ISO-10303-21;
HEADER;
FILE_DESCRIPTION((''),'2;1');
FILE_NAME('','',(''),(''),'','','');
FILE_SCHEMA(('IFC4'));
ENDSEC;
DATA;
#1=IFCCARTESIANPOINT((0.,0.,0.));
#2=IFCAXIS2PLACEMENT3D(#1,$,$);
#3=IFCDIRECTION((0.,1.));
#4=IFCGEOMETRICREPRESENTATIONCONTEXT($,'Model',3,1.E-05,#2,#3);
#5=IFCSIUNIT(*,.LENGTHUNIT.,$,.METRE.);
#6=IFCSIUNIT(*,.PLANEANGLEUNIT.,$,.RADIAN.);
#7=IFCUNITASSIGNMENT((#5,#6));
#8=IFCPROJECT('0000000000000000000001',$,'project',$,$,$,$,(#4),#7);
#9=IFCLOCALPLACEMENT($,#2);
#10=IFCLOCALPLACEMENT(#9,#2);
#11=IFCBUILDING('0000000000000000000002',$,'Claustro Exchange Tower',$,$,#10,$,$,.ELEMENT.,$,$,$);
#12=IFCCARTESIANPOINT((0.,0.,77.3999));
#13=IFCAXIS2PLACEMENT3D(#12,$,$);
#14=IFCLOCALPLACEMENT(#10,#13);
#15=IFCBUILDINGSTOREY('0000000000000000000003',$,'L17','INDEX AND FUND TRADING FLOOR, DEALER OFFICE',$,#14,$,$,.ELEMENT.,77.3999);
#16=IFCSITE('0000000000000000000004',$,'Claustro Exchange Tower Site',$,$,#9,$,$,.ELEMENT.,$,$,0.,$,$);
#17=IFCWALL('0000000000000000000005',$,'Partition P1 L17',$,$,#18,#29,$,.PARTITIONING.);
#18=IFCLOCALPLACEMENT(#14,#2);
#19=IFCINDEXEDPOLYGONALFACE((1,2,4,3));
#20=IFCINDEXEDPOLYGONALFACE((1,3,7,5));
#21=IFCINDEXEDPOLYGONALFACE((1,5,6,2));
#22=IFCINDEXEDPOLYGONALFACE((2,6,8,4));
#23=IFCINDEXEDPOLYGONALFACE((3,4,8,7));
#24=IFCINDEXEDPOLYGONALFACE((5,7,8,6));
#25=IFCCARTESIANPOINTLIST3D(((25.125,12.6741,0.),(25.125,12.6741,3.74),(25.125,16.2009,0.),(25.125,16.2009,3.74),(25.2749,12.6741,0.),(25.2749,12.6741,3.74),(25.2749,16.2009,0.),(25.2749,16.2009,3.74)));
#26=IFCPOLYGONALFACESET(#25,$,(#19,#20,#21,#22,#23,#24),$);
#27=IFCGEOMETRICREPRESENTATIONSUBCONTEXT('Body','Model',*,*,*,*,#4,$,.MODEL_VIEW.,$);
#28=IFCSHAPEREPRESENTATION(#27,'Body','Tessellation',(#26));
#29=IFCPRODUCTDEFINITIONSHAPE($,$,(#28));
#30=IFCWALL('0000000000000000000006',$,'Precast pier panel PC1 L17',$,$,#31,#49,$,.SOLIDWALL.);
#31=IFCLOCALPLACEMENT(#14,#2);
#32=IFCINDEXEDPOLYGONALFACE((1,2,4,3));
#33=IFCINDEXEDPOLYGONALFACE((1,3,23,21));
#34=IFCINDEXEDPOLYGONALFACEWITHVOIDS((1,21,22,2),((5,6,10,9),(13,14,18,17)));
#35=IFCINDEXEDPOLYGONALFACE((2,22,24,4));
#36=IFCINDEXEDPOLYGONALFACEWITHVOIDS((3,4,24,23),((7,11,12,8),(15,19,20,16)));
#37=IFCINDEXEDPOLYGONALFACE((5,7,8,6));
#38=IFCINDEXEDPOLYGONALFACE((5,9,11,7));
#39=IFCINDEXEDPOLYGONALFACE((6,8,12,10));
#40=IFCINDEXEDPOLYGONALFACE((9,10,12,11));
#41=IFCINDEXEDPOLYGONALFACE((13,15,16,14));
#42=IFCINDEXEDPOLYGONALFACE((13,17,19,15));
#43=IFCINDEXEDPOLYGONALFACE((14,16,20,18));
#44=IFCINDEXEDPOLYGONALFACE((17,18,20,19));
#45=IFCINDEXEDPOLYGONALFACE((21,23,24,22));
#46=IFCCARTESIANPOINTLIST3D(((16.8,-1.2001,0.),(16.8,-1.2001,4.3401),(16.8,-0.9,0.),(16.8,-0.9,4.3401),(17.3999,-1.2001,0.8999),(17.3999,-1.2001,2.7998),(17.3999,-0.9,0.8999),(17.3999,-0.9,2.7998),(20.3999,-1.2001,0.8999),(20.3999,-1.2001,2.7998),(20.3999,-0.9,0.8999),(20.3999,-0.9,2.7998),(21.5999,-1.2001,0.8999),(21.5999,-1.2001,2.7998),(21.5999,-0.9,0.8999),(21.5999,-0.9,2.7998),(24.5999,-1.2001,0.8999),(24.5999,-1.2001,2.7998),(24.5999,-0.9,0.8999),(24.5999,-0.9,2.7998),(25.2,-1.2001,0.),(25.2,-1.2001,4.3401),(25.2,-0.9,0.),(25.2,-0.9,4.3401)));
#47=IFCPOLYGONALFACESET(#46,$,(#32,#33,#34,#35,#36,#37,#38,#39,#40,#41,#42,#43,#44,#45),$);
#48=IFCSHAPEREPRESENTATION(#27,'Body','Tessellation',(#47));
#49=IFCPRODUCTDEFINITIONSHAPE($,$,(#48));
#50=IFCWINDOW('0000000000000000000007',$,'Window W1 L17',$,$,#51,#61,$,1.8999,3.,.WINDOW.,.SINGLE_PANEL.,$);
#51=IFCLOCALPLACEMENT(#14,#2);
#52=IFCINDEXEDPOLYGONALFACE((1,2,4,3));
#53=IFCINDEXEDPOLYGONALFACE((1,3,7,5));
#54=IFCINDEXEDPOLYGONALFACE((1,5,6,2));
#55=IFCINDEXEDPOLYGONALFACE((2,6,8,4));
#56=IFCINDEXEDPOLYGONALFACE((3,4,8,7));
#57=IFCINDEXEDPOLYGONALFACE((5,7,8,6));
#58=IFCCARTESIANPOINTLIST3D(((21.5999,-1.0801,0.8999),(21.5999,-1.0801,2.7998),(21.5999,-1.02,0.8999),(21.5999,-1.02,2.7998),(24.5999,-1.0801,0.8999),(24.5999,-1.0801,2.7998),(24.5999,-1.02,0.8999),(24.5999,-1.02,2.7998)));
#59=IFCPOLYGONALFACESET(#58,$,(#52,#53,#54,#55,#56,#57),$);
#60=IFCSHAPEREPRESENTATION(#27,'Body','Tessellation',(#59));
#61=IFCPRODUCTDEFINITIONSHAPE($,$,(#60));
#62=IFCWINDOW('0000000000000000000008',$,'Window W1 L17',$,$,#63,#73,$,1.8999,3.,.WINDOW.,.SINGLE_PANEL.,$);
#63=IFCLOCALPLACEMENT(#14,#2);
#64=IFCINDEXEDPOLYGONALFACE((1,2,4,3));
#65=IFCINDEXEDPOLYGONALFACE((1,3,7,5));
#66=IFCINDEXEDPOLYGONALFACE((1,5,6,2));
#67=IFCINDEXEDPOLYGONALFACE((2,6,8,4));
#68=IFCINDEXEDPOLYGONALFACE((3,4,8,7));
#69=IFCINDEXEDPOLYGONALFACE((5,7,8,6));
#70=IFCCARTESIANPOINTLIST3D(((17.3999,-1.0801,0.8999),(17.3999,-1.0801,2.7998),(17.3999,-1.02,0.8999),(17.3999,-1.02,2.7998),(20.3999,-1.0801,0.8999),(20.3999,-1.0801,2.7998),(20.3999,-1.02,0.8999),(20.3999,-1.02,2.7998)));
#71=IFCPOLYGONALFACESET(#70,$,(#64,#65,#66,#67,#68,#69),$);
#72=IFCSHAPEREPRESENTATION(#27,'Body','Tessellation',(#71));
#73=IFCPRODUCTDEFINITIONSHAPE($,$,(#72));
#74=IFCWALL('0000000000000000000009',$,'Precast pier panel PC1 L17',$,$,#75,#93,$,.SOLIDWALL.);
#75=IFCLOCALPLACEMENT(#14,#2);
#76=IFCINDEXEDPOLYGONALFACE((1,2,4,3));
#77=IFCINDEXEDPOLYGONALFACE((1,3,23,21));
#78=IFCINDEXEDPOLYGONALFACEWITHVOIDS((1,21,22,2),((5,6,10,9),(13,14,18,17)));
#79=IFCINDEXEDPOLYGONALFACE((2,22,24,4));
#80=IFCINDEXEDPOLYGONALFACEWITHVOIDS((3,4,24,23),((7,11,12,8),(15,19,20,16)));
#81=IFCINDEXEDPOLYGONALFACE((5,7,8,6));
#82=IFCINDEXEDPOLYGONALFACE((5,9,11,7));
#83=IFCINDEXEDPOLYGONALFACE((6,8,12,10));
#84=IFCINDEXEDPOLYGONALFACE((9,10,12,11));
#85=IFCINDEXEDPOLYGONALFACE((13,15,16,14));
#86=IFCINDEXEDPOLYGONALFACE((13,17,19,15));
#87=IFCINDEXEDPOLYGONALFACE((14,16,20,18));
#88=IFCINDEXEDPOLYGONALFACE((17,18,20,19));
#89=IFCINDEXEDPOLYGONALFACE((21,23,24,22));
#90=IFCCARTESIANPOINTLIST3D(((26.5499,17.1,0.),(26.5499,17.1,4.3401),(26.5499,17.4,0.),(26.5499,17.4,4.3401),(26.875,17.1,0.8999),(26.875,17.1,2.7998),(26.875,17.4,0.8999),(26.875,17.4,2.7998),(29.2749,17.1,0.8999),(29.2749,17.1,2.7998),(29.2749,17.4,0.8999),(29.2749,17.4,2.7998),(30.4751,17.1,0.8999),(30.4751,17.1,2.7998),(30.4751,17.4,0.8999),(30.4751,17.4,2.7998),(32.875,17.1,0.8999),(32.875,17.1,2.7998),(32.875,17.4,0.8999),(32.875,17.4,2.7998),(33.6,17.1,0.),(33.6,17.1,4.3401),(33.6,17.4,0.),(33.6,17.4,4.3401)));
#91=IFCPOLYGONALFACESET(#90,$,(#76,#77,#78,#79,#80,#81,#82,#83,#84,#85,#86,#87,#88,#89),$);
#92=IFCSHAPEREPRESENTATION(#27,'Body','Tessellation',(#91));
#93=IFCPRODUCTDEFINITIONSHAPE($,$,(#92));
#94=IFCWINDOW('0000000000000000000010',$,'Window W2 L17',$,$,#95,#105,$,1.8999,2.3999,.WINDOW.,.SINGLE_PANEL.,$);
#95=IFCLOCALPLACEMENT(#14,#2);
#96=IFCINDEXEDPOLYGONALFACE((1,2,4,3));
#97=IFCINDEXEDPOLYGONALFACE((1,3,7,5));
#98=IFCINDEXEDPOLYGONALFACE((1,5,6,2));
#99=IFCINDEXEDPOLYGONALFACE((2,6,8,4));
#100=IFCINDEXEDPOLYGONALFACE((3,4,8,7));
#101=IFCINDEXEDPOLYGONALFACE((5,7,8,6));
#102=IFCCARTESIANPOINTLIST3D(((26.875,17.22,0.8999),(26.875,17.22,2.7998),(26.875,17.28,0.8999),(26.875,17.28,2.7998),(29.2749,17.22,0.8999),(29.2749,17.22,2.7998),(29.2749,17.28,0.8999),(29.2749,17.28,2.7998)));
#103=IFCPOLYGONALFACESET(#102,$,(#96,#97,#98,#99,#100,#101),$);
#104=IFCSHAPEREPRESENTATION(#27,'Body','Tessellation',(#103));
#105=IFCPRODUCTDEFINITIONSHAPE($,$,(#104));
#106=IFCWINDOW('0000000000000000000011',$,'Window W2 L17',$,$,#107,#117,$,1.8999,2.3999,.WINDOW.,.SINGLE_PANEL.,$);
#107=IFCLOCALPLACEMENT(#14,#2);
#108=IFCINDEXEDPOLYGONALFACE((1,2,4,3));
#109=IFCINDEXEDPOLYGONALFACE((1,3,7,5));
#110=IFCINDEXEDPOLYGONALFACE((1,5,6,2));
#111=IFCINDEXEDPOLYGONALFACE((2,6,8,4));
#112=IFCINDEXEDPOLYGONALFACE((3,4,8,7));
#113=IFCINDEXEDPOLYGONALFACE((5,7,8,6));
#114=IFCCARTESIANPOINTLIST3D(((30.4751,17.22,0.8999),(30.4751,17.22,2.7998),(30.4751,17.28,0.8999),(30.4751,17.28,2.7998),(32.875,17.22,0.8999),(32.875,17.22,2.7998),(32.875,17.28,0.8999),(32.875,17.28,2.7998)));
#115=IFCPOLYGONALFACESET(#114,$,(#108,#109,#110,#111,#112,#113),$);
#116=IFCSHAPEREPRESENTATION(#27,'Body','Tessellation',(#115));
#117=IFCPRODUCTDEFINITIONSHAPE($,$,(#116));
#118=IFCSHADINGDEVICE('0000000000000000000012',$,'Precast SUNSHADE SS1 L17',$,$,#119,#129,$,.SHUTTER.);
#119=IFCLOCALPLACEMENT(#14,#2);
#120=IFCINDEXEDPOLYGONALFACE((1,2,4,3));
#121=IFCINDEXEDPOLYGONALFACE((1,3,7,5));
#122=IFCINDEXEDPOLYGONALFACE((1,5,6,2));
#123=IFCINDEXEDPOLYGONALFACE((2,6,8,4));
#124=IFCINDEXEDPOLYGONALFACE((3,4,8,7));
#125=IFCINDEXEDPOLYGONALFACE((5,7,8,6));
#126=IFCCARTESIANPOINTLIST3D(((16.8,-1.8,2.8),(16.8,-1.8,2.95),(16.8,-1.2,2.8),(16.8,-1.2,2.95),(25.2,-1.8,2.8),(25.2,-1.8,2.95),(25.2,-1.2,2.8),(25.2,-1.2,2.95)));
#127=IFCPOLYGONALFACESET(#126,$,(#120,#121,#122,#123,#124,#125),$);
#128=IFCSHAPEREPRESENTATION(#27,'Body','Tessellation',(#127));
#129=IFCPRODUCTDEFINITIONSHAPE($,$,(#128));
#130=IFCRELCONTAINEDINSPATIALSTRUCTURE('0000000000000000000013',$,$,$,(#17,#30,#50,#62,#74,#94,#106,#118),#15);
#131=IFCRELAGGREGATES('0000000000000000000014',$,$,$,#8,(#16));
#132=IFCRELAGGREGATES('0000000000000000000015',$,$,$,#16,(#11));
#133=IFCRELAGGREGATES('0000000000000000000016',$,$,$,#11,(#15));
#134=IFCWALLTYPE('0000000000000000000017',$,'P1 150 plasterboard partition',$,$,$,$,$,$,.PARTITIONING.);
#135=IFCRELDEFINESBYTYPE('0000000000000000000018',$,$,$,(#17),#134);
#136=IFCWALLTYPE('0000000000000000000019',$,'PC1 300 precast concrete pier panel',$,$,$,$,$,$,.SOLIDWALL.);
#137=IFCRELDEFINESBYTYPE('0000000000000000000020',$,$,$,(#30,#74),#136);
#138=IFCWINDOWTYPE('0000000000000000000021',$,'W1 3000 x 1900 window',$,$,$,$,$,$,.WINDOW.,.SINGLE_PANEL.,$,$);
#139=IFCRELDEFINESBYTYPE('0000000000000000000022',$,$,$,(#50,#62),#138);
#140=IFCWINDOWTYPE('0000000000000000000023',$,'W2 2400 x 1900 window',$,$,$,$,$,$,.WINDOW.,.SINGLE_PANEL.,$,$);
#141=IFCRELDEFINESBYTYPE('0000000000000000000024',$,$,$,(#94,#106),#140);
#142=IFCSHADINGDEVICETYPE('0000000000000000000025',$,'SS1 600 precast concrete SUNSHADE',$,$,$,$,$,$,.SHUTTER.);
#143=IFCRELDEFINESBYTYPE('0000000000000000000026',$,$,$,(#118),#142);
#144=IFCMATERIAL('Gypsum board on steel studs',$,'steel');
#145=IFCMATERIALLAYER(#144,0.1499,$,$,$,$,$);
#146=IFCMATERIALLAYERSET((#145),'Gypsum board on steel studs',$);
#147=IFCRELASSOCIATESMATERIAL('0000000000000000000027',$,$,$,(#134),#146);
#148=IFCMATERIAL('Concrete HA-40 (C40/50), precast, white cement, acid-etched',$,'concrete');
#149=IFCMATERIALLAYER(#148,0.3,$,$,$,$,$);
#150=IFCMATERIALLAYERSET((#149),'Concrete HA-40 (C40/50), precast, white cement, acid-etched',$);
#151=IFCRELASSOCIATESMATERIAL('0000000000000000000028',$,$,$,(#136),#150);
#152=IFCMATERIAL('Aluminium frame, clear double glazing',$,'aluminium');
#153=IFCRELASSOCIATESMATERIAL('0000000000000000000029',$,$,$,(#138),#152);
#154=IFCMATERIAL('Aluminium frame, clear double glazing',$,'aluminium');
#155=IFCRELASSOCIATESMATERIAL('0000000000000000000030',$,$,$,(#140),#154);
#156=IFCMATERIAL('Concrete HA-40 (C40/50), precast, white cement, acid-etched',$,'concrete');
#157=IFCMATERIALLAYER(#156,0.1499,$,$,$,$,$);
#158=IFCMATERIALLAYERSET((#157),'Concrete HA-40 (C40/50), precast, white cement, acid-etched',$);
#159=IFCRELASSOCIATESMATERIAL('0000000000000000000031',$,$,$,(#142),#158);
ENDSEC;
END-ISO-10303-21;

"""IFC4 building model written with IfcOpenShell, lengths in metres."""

from ifc_helpers import new_model, si_unit, direction, frame, frame_2d, origin, origin_2d, place, context, subcontext, project, spatial, rectangle, extrude, material, layer, layer_set, type_object, element, fill, save


model = new_model("IFC4")

# Units and contexts
model_context = context("Model", 3, precision=1e-05, world=origin(), true_north=direction((0.0, 1.0)))
body_context = subcontext(model_context, "Body", "Model", "MODEL_VIEW")
ifc_project = project(units=[si_unit("LENGTHUNIT", "METRE"), si_unit("PLANEANGLEUNIT", "RADIAN")], contexts=[model_context])

# Site, building, storey
site_placement = place(None, origin())
site = spatial("IfcSite", under=ifc_project, at=site_placement, Name="Claustro Exchange Tower Site", CompositionType="ELEMENT", RefElevation=0.0)
building_placement = place(site_placement, origin())
building = spatial("IfcBuilding", under=site, at=building_placement, Name="Claustro Exchange Tower", CompositionType="ELEMENT")
storey_placement = place(building_placement, frame((0.0, 0.0, 77.3999)))
storey = spatial("IfcBuildingStorey", under=building, at=storey_placement, Name="L17", Description="INDEX AND FUND TRADING FLOOR, DEALER OFFICE", CompositionType="ELEMENT", Elevation=77.3999)

# Shared definitions
ifc_material_1 = material(Name="Gypsum board on steel studs", Category="steel")
ifc_layer_1 = layer(ifc_material_1, 0.1499)
ifc_layer_set_1 = layer_set([ifc_layer_1], Name="Gypsum board on steel studs")
wall_type_1 = type_object("IfcWallType", Name="P1 150 plasterboard partition", PredefinedType="PARTITIONING", material=ifc_layer_set_1)

# Wall
wall_1_placement = place(storey_placement, frame((25.2, 12.6741, 0.0), z_axis=(0.0, 0.0, 1.0), x_axis=(0.0, 1.0, 0.0)))
element("IfcWall", 1, at=wall_1_placement, inside=storey, type_object=wall_type_1, Name="Partition P1 L17", PredefinedType="PARTITIONING", context=body_context, shape_type="SweptSolid", body=[
    extrude(rectangle(XDim=3.5269, YDim=0.1499, at=frame_2d((1.7634, 0.0))), origin(), (0.0, 0.0, 1.0), 3.74),
])

# Walls, openings, windows
ifc_material_2 = material(Name="Concrete HA-40 (C40/50), precast, white cement, acid-etched", Category="concrete")
ifc_layer_2 = layer(ifc_material_2, 0.3)
ifc_layer_set_2 = layer_set([ifc_layer_2], Name="Concrete HA-40 (C40/50), precast, white cement, acid-etched")
wall_type_2 = type_object("IfcWallType", Name="PC1 300 precast concrete pier panel", PredefinedType="SOLIDWALL", material=ifc_layer_set_2)
wall_2_placement = place(storey_placement, frame((25.2, -1.05, 0.0), z_axis=(0.0, 0.0, 1.0), x_axis=(-1.0, 0.0, 0.0)))
wall_2 = element("IfcWall", 2, at=wall_2_placement, inside=storey, type_object=wall_type_2, Name="Precast pier panel PC1 L17", PredefinedType="SOLIDWALL", context=body_context, shape_type="SweptSolid", body=[
    extrude(rectangle(XDim=8.3999, YDim=0.3, at=frame_2d((4.2, 0.0))), origin(), (0.0, 0.0, 1.0), 4.3401),
])
opening_1_placement = place(wall_2_placement, frame((0.6001, 0.0, 0.8999)))
opening_1 = element("IfcOpeningElement", 3, at=opening_1_placement, cuts=wall_2, PredefinedType="OPENING", context=body_context, shape_type="SweptSolid", body=[
    extrude(rectangle(XDim=3.0, YDim=1.8999, at=frame_2d((1.5, 0.95))), frame((0.0, 0.1599, 0.0), z_axis=(0.0, -1.0, 0.0), x_axis=(1.0, 0.0, 0.0)), (0.0, 0.0, 1.0), 0.3201),
])
opening_2_placement = place(wall_2_placement, frame((4.8, 0.0, 0.8999)))
opening_2 = element("IfcOpeningElement", 4, at=opening_2_placement, cuts=wall_2, PredefinedType="OPENING", context=body_context, shape_type="SweptSolid", body=[
    extrude(rectangle(XDim=3.0, YDim=1.8999, at=frame_2d((1.5, 0.95))), frame((0.0, 0.1599, 0.0), z_axis=(0.0, -1.0, 0.0), x_axis=(1.0, 0.0, 0.0)), (0.0, 0.0, 1.0), 0.3201),
])
ifc_material_3 = material(Name="Aluminium frame, clear double glazing", Category="aluminium")
window_type_1 = type_object("IfcWindowType", Name="W1 3000 x 1900 window", PartitioningType="SINGLE_PANEL", PredefinedType="WINDOW", material=ifc_material_3)
window_1_placement = place(opening_1_placement, origin())
window_1 = element("IfcWindow", 5, at=window_1_placement, inside=storey, type_object=window_type_1, Name="Window W1 L17", OverallHeight=1.8999, OverallWidth=3.0, PartitioningType="SINGLE_PANEL", PredefinedType="WINDOW", context=body_context, shape_type="SweptSolid", body=[
    extrude(rectangle(XDim=3.0, YDim=1.8999, at=frame_2d((1.5, 0.95))), frame((0.0, 0.03, 0.0), z_axis=(0.0, -1.0, 0.0), x_axis=(1.0, 0.0, 0.0)), (0.0, 0.0, 1.0), 0.0601),
])
fill(opening_1, window_1)
window_2_placement = place(opening_2_placement, origin())
window_2 = element("IfcWindow", 6, at=window_2_placement, inside=storey, type_object=window_type_1, Name="Window W1 L17", OverallHeight=1.8999, OverallWidth=3.0, PartitioningType="SINGLE_PANEL", PredefinedType="WINDOW", context=body_context, shape_type="SweptSolid", body=[
    extrude(rectangle(XDim=3.0, YDim=1.8999, at=frame_2d((1.5, 0.95))), frame((0.0, 0.03, 0.0), z_axis=(0.0, -1.0, 0.0), x_axis=(1.0, 0.0, 0.0)), (0.0, 0.0, 1.0), 0.0601),
])
fill(opening_2, window_2)
wall_3_placement = place(storey_placement, frame((26.55, 17.25, 0.0), z_axis=(0.0, 0.0, 1.0), x_axis=(1.0, 0.0, 0.0)))
wall_3 = element("IfcWall", 7, at=wall_3_placement, inside=storey, type_object=wall_type_2, Name="Precast pier panel PC1 L17", PredefinedType="SOLIDWALL", context=body_context, shape_type="SweptSolid", body=[
    extrude(rectangle(XDim=7.05, YDim=0.3, at=frame_2d((3.5249, 0.0))), origin(), (0.0, 0.0, 1.0), 4.3401),
])
opening_3_placement = place(wall_3_placement, frame((0.325, 0.0, 0.8999)))
opening_3 = element("IfcOpeningElement", 8, at=opening_3_placement, cuts=wall_3, PredefinedType="OPENING", context=body_context, shape_type="SweptSolid", body=[
    extrude(rectangle(XDim=2.3999, YDim=1.8999, at=frame_2d((1.2, 0.95))), frame((0.0, 0.1599, 0.0), z_axis=(0.0, -1.0, 0.0), x_axis=(1.0, 0.0, 0.0)), (0.0, 0.0, 1.0), 0.3201),
])
opening_4_placement = place(wall_3_placement, frame((3.925, 0.0, 0.8999)))
opening_4 = element("IfcOpeningElement", 9, at=opening_4_placement, cuts=wall_3, PredefinedType="OPENING", context=body_context, shape_type="SweptSolid", body=[
    extrude(rectangle(XDim=2.3999, YDim=1.8999, at=frame_2d((1.2, 0.95))), frame((0.0, 0.1599, 0.0), z_axis=(0.0, -1.0, 0.0), x_axis=(1.0, 0.0, 0.0)), (0.0, 0.0, 1.0), 0.3201),
])
ifc_material_4 = material(Name="Aluminium frame, clear double glazing", Category="aluminium")
window_type_2 = type_object("IfcWindowType", Name="W2 2400 x 1900 window", PartitioningType="SINGLE_PANEL", PredefinedType="WINDOW", material=ifc_material_4)
window_3_placement = place(opening_3_placement, origin())
window_3 = element("IfcWindow", 10, at=window_3_placement, inside=storey, type_object=window_type_2, Name="Window W2 L17", OverallHeight=1.8999, OverallWidth=2.3999, PartitioningType="SINGLE_PANEL", PredefinedType="WINDOW", context=body_context, shape_type="SweptSolid", body=[
    extrude(rectangle(XDim=2.3999, YDim=1.8999, at=frame_2d((1.2, 0.95))), frame((0.0, 0.03, 0.0), z_axis=(0.0, -1.0, 0.0), x_axis=(1.0, 0.0, 0.0)), (0.0, 0.0, 1.0), 0.0601),
])
fill(opening_3, window_3)
window_4_placement = place(opening_4_placement, origin())
window_4 = element("IfcWindow", 11, at=window_4_placement, inside=storey, type_object=window_type_2, Name="Window W2 L17", OverallHeight=1.8999, OverallWidth=2.3999, PartitioningType="SINGLE_PANEL", PredefinedType="WINDOW", context=body_context, shape_type="SweptSolid", body=[
    extrude(rectangle(XDim=2.3999, YDim=1.8999, at=frame_2d((1.2, 0.95))), frame((0.0, 0.03, 0.0), z_axis=(0.0, -1.0, 0.0), x_axis=(1.0, 0.0, 0.0)), (0.0, 0.0, 1.0), 0.0601),
])
fill(opening_4, window_4)

# Shading device
ifc_material_5 = material(Name="Concrete HA-40 (C40/50), precast, white cement, acid-etched", Category="concrete")
ifc_layer_3 = layer(ifc_material_5, 0.1499)
ifc_layer_set_3 = layer_set([ifc_layer_3], Name="Concrete HA-40 (C40/50), precast, white cement, acid-etched")
shading_device_type = type_object("IfcShadingDeviceType", Name="SS1 600 precast concrete SUNSHADE", PredefinedType="SHUTTER", material=ifc_layer_set_3)
shading_device_placement = place(storey_placement, frame((21.0, -1.5, 2.8), z_axis=(0.0, 0.0, 1.0), x_axis=(-1.0, 0.0, 0.0)))
element("IfcShadingDevice", 12, at=shading_device_placement, inside=storey, type_object=shading_device_type, Name="Precast SUNSHADE SS1 L17", PredefinedType="SHUTTER", context=body_context, shape_type="SweptSolid", body=[
    extrude(rectangle(XDim=8.3999, YDim=0.6001, at=origin_2d()), origin(), (0.0, 0.0, 1.0), 0.1499),
])

save(model, "model.ifc")
